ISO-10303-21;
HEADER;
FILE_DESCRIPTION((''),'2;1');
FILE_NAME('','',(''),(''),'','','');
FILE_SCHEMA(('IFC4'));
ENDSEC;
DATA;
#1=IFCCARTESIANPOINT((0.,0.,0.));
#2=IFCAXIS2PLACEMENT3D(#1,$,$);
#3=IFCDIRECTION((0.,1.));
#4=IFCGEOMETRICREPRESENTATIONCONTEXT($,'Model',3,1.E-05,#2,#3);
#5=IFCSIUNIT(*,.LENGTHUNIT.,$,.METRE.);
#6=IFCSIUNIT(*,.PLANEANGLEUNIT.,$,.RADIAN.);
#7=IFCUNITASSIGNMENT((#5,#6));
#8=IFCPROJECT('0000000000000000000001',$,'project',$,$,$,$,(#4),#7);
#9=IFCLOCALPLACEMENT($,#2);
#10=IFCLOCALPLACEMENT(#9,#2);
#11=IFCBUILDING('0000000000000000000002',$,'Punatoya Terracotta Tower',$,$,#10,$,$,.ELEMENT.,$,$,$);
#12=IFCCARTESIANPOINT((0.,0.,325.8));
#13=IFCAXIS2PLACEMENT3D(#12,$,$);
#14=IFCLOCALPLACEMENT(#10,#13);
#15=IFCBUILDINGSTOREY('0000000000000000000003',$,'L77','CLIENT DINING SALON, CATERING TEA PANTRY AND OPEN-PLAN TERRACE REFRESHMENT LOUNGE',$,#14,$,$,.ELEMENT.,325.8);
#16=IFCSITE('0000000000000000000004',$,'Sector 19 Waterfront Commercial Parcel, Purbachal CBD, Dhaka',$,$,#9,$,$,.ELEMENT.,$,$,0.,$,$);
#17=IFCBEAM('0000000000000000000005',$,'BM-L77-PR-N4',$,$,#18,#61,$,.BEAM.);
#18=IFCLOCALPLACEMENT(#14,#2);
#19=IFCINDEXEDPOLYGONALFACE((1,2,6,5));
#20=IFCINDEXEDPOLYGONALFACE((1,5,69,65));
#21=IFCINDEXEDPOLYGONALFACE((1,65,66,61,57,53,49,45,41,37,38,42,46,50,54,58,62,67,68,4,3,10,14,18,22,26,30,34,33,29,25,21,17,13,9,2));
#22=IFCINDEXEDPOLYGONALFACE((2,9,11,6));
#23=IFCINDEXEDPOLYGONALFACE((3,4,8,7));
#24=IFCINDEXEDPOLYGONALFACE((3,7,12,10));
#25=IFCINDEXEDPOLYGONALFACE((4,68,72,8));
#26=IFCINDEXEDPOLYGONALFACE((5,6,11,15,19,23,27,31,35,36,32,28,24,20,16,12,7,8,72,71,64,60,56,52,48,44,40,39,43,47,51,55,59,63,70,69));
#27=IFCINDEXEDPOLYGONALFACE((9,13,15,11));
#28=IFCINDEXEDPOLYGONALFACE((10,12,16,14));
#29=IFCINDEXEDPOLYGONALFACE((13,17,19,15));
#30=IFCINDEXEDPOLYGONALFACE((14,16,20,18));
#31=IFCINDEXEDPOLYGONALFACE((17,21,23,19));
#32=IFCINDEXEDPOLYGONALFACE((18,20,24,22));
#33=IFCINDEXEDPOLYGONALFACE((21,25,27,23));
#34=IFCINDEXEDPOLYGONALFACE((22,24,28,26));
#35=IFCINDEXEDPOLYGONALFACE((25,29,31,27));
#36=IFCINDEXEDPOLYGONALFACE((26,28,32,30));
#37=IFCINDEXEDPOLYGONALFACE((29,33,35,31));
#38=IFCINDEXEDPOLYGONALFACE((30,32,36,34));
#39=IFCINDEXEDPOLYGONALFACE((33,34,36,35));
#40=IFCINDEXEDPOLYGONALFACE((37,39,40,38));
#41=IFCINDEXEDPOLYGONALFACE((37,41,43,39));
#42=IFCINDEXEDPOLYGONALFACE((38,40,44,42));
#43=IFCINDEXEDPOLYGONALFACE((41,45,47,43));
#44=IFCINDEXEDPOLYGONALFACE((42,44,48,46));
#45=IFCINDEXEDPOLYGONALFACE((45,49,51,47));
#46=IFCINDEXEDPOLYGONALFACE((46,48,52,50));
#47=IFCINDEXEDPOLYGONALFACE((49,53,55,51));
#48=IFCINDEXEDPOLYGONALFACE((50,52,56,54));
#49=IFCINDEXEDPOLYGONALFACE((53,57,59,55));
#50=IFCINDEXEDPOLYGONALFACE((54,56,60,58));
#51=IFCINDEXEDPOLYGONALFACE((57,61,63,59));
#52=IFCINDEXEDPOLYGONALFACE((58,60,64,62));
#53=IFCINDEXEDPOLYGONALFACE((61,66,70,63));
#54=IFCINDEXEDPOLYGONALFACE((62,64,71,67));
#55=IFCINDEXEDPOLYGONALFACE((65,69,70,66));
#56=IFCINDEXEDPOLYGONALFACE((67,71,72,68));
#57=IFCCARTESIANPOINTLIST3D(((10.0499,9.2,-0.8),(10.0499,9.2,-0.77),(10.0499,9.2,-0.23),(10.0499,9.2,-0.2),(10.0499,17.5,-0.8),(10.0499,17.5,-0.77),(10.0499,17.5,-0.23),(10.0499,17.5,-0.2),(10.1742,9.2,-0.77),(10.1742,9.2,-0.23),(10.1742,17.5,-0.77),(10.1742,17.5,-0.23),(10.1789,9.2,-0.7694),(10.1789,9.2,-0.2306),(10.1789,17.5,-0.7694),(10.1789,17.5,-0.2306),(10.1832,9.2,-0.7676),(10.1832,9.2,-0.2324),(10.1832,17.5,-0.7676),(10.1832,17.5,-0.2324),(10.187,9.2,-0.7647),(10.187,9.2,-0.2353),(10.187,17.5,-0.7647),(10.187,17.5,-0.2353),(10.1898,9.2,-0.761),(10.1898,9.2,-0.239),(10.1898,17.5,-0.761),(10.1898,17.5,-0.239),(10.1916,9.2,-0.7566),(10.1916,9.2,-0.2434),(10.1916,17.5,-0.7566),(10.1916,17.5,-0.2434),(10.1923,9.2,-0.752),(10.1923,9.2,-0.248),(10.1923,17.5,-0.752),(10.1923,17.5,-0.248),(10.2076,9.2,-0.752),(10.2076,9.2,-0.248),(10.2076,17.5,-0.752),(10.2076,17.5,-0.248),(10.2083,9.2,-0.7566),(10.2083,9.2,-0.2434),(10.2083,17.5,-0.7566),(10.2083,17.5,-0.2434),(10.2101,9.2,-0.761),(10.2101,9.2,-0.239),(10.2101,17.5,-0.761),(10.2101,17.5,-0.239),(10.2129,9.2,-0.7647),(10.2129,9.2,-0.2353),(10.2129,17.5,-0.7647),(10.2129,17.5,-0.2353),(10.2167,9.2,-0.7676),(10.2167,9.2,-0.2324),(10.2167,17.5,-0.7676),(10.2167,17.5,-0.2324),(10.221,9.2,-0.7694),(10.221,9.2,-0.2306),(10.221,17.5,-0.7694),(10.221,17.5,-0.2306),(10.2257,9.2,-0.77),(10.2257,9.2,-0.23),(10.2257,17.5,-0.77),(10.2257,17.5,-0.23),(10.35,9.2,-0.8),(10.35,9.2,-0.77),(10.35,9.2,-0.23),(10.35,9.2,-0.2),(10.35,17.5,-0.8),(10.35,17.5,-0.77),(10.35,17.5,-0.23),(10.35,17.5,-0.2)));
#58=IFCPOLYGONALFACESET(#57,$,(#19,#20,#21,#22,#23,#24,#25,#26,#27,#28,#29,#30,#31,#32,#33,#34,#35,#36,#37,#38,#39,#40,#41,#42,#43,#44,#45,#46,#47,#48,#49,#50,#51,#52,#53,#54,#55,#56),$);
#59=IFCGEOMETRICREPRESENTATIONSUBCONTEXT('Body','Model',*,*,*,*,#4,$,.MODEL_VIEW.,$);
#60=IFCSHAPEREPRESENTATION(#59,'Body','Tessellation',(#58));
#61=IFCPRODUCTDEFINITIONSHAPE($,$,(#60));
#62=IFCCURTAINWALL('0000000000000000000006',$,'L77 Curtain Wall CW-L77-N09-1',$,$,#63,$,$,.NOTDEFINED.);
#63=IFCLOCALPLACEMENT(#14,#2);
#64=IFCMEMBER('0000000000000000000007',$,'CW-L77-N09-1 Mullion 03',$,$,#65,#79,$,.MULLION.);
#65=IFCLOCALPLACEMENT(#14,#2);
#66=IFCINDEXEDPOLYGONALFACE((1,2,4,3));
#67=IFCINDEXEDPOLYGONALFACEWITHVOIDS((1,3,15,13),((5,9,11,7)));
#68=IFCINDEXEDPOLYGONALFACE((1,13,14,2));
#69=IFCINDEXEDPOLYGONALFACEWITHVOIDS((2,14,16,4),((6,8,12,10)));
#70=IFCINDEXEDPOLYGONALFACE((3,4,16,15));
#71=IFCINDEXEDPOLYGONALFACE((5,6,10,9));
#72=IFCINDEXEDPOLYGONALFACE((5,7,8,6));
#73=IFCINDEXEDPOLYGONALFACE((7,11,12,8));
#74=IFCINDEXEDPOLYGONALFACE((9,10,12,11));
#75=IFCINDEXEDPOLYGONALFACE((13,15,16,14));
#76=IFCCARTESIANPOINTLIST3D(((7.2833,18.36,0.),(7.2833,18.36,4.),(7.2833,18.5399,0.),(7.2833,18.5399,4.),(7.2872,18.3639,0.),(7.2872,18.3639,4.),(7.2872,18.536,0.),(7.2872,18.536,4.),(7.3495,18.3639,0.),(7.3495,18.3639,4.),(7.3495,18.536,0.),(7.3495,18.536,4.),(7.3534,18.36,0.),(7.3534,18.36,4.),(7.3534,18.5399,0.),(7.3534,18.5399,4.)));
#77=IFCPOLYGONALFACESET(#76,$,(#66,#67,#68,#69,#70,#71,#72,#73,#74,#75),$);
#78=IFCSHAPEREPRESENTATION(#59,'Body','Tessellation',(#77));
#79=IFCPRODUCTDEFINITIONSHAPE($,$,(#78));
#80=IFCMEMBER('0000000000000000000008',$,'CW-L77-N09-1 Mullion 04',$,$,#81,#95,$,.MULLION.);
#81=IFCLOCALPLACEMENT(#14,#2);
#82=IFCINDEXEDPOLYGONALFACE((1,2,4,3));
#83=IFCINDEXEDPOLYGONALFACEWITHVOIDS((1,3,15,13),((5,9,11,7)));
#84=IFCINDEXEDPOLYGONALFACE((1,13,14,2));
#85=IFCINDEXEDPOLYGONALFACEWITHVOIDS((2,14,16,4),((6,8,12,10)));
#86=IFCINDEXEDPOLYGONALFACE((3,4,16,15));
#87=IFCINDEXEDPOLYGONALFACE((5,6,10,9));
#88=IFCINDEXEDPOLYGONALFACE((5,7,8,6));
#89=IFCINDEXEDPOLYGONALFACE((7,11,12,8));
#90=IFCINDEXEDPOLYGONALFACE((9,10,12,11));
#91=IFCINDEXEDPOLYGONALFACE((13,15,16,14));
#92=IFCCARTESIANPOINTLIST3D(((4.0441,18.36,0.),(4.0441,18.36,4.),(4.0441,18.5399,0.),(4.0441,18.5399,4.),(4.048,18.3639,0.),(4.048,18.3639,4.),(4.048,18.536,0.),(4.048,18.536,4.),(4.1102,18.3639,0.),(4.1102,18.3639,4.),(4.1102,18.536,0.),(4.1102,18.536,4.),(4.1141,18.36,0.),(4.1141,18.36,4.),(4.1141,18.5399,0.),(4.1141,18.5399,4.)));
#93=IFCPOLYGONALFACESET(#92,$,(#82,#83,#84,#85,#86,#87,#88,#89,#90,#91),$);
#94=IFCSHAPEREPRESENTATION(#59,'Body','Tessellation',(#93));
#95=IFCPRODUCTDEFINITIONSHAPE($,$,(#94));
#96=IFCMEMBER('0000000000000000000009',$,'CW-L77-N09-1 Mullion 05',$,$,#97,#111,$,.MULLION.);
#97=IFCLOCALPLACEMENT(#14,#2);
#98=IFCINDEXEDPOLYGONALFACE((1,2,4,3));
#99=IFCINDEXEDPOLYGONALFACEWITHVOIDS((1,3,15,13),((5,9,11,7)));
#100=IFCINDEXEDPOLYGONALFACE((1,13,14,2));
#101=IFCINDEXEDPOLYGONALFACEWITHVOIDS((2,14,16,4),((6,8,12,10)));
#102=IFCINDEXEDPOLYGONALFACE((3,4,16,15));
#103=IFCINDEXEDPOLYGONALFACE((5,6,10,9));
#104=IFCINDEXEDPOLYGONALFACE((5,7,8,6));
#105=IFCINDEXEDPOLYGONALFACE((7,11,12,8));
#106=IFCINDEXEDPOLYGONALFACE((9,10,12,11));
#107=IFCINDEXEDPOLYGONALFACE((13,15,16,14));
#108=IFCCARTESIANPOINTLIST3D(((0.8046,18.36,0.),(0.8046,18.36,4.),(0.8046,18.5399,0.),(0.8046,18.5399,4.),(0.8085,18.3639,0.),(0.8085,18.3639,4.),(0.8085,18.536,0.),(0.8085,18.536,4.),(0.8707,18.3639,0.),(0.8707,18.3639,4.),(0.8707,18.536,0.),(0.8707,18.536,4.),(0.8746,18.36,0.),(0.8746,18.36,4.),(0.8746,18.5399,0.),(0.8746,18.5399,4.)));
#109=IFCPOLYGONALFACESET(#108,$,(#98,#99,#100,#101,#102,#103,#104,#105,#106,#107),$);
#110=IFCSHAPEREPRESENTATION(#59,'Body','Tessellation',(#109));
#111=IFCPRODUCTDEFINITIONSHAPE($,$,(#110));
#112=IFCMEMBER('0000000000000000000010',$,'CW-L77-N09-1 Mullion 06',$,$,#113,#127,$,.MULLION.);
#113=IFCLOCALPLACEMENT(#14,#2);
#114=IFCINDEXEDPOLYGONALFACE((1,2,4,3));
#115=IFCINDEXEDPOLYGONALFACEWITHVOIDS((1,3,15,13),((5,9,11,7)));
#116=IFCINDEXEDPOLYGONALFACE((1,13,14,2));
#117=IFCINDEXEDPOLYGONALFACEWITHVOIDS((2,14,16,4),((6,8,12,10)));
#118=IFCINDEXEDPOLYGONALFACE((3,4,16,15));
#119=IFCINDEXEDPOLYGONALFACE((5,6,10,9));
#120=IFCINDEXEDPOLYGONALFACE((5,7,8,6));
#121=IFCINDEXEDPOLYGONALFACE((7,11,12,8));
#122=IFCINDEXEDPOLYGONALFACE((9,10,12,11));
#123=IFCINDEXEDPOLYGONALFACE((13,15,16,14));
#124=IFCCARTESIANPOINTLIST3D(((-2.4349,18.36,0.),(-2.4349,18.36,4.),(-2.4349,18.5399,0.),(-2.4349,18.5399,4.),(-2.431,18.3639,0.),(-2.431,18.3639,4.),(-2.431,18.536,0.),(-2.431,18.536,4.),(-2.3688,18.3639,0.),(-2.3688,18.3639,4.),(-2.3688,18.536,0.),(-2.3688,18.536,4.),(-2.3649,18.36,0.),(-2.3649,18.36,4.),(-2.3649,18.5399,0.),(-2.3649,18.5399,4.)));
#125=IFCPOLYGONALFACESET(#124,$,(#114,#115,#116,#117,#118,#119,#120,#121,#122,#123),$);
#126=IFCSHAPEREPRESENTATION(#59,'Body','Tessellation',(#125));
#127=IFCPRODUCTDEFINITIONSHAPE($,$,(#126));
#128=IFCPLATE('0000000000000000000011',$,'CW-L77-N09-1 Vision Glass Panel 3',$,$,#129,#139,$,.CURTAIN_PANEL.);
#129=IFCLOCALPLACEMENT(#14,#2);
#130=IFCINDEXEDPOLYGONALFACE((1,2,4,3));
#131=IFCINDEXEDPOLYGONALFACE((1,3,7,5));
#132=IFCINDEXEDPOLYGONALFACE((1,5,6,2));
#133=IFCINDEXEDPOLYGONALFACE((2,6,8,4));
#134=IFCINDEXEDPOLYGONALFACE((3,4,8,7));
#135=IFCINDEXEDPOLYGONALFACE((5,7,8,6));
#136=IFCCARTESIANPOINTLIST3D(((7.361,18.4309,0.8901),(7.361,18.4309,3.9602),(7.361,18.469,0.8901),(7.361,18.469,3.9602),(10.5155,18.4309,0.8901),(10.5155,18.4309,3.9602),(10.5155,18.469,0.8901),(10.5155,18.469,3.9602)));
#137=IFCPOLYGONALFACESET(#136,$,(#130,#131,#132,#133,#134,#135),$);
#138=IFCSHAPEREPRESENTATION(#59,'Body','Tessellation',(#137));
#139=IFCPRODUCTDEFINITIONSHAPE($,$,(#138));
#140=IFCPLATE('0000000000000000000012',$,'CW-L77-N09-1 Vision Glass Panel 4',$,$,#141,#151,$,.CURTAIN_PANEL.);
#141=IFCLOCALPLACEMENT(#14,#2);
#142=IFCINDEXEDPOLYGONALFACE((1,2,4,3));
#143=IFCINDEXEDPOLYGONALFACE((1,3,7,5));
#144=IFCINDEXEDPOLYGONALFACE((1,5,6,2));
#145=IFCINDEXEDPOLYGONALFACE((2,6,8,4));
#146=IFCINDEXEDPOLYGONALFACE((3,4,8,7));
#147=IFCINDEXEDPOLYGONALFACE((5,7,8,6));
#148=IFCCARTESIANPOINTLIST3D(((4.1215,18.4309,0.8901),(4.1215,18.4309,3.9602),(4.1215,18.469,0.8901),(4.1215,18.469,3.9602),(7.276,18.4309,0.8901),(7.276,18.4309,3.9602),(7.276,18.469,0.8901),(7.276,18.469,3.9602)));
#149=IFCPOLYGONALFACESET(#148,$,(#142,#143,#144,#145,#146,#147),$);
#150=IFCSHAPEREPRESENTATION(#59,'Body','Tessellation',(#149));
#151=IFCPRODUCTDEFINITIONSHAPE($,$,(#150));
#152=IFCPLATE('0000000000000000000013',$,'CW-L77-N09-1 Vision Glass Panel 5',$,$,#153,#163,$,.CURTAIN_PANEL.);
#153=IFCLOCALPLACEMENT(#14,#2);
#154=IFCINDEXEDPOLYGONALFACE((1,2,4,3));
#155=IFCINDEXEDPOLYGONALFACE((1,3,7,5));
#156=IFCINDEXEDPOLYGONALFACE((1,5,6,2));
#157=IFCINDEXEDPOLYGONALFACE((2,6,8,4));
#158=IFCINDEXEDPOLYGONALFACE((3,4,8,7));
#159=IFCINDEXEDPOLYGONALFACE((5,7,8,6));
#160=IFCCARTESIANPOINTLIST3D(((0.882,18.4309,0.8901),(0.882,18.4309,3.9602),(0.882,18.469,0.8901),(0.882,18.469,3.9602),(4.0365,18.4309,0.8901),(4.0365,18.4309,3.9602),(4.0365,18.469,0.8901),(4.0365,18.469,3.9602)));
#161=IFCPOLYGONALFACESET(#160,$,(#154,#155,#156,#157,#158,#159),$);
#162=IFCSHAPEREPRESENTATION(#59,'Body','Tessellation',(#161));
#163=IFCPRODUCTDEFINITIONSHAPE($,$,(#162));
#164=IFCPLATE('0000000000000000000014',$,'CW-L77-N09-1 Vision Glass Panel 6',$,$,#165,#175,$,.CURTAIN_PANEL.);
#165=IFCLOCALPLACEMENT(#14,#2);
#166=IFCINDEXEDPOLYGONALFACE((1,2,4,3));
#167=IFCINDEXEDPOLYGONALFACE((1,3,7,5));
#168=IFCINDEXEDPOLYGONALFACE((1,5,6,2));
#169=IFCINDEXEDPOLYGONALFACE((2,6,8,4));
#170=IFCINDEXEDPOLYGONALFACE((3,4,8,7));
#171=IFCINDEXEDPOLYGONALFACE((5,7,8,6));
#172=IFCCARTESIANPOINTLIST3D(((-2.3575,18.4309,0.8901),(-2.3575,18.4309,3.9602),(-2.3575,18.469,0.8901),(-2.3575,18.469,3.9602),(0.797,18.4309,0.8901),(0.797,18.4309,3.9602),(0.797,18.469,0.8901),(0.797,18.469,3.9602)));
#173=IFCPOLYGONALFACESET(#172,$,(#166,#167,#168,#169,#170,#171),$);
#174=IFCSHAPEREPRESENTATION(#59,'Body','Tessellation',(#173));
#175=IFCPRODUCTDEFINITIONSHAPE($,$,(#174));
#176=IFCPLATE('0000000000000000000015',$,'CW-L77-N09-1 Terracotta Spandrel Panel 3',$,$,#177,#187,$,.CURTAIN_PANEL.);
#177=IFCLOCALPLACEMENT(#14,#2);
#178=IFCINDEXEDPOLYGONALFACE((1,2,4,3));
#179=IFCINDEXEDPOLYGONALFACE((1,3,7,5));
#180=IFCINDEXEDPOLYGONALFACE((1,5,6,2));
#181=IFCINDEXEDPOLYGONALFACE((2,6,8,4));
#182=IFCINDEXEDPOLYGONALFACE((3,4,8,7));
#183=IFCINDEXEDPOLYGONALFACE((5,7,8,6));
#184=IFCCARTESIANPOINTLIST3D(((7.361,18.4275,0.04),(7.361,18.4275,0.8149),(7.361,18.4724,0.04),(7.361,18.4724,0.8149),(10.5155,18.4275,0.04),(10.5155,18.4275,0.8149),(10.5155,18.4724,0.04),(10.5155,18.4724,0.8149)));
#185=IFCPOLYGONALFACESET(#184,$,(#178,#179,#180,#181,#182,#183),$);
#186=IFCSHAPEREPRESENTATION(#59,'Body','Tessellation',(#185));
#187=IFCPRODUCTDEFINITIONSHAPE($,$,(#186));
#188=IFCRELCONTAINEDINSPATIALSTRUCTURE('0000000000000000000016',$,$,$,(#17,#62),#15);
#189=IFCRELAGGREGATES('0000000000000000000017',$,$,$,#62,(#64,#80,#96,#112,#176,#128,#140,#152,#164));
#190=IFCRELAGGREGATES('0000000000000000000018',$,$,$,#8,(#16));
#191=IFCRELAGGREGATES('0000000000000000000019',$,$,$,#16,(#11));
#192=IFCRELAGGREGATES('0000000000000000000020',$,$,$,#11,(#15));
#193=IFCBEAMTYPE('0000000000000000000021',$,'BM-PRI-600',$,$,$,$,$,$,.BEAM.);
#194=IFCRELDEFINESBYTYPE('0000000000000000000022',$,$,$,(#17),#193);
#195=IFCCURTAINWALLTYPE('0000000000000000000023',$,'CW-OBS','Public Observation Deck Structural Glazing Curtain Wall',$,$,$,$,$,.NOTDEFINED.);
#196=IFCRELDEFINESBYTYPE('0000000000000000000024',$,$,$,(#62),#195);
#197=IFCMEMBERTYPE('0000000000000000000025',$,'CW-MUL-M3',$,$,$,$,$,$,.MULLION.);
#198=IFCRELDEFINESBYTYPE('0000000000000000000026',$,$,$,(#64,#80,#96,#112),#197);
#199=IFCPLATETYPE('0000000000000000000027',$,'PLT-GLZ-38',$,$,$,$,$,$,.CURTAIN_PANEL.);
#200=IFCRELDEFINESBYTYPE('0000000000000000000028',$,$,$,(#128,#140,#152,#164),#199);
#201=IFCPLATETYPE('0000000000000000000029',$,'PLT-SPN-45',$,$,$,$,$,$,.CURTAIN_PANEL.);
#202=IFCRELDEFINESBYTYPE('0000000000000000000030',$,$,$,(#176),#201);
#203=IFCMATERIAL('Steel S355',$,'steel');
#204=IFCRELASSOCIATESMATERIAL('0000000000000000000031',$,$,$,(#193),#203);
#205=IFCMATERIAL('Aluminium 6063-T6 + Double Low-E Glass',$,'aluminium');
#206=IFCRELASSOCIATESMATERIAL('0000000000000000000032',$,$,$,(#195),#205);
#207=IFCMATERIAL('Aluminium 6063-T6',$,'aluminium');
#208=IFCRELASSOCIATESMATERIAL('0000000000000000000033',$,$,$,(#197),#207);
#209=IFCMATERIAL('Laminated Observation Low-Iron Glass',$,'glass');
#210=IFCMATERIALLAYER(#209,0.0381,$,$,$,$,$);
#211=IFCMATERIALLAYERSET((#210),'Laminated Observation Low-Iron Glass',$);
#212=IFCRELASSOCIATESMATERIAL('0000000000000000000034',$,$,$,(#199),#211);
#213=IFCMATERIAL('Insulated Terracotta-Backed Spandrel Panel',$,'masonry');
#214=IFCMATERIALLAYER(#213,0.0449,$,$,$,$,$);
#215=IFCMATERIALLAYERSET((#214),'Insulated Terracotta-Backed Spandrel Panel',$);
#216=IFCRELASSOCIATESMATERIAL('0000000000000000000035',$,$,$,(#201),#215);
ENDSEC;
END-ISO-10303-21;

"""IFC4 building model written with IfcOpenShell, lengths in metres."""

from ifc_helpers import new_model, si_unit, direction, frame, origin, origin_2d, place, context, subcontext, project, spatial, rectangle, hollow_rectangle, i_section, extrude, material, layer, layer_set, material_profile, profile_set, type_object, element, aggregate, save


model = new_model("IFC4")

# Units and contexts
model_context = context("Model", 3, precision=1e-05, world=origin(), true_north=direction((0.0, 1.0)))
body_context = subcontext(model_context, "Body", "Model", "MODEL_VIEW")
ifc_project = project(units=[si_unit("LENGTHUNIT", "METRE"), si_unit("PLANEANGLEUNIT", "RADIAN")], contexts=[model_context])

# Site, building, storey
site_placement = place(None, origin())
site = spatial("IfcSite", under=ifc_project, at=site_placement, Name="Sector 19 Waterfront Commercial Parcel, Purbachal CBD, Dhaka", CompositionType="ELEMENT", RefElevation=0.0)
building_placement = place(site_placement, origin())
building = spatial("IfcBuilding", under=site, at=building_placement, Name="Punatoya Terracotta Tower", CompositionType="ELEMENT")
storey_placement = place(building_placement, frame((0.0, 0.0, 325.8)))
storey = spatial("IfcBuildingStorey", under=building, at=storey_placement, Name="L77", Description="CLIENT DINING SALON, CATERING TEA PANTRY AND OPEN-PLAN TERRACE REFRESHMENT LOUNGE", CompositionType="ELEMENT", Elevation=325.8)

# Beam
ifc_material_1 = material(Name="Steel S355", Category="steel")
ifc_material_profile_1 = material_profile(ifc_material_1, i_section(OverallWidth=0.3, OverallDepth=0.6001, WebThickness=0.0154, FlangeThickness=0.03, FilletRadius=0.0181, at=origin_2d()))
ifc_profile_set_1 = profile_set([ifc_material_profile_1], Name="Steel S355")
beam_type = type_object("IfcBeamType", Name="BM-PRI-600", PredefinedType="BEAM", material=ifc_profile_set_1)
for number, where, z_axis, x_axis, name in (
    (1, (10.2, 9.2, -0.5), (0.0, 1.0, 0.0), (-1.0, 0.0, 0.0), "BM-L77-PR-N4"),
):
    element("IfcBeam", number, at=place(storey_placement, frame(where, z_axis=z_axis, x_axis=x_axis)), inside=storey, type_object=beam_type, Name=name, PredefinedType="BEAM", context=body_context, shape_type="SweptSolid", body=[
        extrude(i_section(OverallWidth=0.3, OverallDepth=0.6001, WebThickness=0.0154, FlangeThickness=0.03, FilletRadius=0.0181, at=origin_2d()), origin(), (0.0, 0.0, 1.0), 8.3),
    ])

# Curtain wall, members, plates
ifc_material_2 = material(Name="Aluminium 6063-T6 + Double Low-E Glass", Category="aluminium")
curtain_wall_type = type_object("IfcCurtainWallType", Name="CW-OBS", Description="Public Observation Deck Structural Glazing Curtain Wall", PredefinedType="NOTDEFINED", material=ifc_material_2)
curtain_wall_placement = place(storey_placement, origin())
curtain_wall = element("IfcCurtainWall", 2, at=curtain_wall_placement, inside=storey, type_object=curtain_wall_type, Name="L77 Curtain Wall CW-L77-N09-1", PredefinedType="NOTDEFINED")
ifc_material_3 = material(Name="Aluminium 6063-T6", Category="aluminium")
ifc_material_profile_2 = material_profile(ifc_material_3, hollow_rectangle(XDim=0.0701, YDim=0.1799, WallThickness=0.0039, at=origin_2d()))
ifc_profile_set_2 = profile_set([ifc_material_profile_2], Name="Aluminium 6063-T6")
member_type = type_object("IfcMemberType", Name="CW-MUL-M3", PredefinedType="MULLION", material=ifc_profile_set_2)
member_1_placement = place(storey_placement, frame((7.3184, 18.45, 0.0), z_axis=(0.0, 0.0, 1.0), x_axis=(1.0, 0.0, 0.0)))
member_1 = element("IfcMember", 3, at=member_1_placement, type_object=member_type, Name="CW-L77-N09-1 Mullion 03", PredefinedType="MULLION", context=body_context, shape_type="SweptSolid", body=[
    extrude(hollow_rectangle(XDim=0.0701, YDim=0.1799, WallThickness=0.0039, at=origin_2d()), origin(), (0.0, 0.0, 1.0), 4.0),
])
member_2_placement = place(storey_placement, frame((4.0791, 18.45, 0.0), z_axis=(0.0, 0.0, 1.0), x_axis=(1.0, 0.0, 0.0)))
member_2 = element("IfcMember", 4, at=member_2_placement, type_object=member_type, Name="CW-L77-N09-1 Mullion 04", PredefinedType="MULLION", context=body_context, shape_type="SweptSolid", body=[
    extrude(hollow_rectangle(XDim=0.0701, YDim=0.1799, WallThickness=0.0039, at=origin_2d()), origin(), (0.0, 0.0, 1.0), 4.0),
])
member_3_placement = place(storey_placement, frame((0.8396, 18.45, 0.0), z_axis=(0.0, 0.0, 1.0), x_axis=(1.0, 0.0, 0.0)))
member_3 = element("IfcMember", 5, at=member_3_placement, type_object=member_type, Name="CW-L77-N09-1 Mullion 05", PredefinedType="MULLION", context=body_context, shape_type="SweptSolid", body=[
    extrude(hollow_rectangle(XDim=0.0701, YDim=0.1799, WallThickness=0.0039, at=origin_2d()), origin(), (0.0, 0.0, 1.0), 4.0),
])
member_4_placement = place(storey_placement, frame((-2.3999, 18.45, 0.0), z_axis=(0.0, 0.0, 1.0), x_axis=(1.0, 0.0, 0.0)))
member_4 = element("IfcMember", 6, at=member_4_placement, type_object=member_type, Name="CW-L77-N09-1 Mullion 06", PredefinedType="MULLION", context=body_context, shape_type="SweptSolid", body=[
    extrude(hollow_rectangle(XDim=0.0701, YDim=0.1799, WallThickness=0.0039, at=origin_2d()), origin(), (0.0, 0.0, 1.0), 4.0),
])
ifc_material_4 = material(Name="Laminated Observation Low-Iron Glass", Category="glass")
ifc_layer_1 = layer(ifc_material_4, 0.0381)
ifc_layer_set_1 = layer_set([ifc_layer_1], Name="Laminated Observation Low-Iron Glass")
plate_type_1 = type_object("IfcPlateType", Name="PLT-GLZ-38", PredefinedType="CURTAIN_PANEL", material=ifc_layer_set_1)
plate_1_placement = place(storey_placement, frame((8.9382, 18.45, 0.8901), z_axis=(0.0, 0.0, 1.0), x_axis=(-1.0, 0.0, 0.0)))
plate_1 = element("IfcPlate", 7, at=plate_1_placement, type_object=plate_type_1, Name="CW-L77-N09-1 Vision Glass Panel 3", PredefinedType="CURTAIN_PANEL", context=body_context, shape_type="SweptSolid", body=[
    extrude(rectangle(XDim=3.1545, YDim=0.0381, at=origin_2d()), origin(), (0.0, 0.0, 1.0), 3.0701),
])
plate_2_placement = place(storey_placement, frame((5.6987, 18.45, 0.8901), z_axis=(0.0, 0.0, 1.0), x_axis=(-1.0, 0.0, 0.0)))
plate_2 = element("IfcPlate", 8, at=plate_2_placement, type_object=plate_type_1, Name="CW-L77-N09-1 Vision Glass Panel 4", PredefinedType="CURTAIN_PANEL", context=body_context, shape_type="SweptSolid", body=[
    extrude(rectangle(XDim=3.1545, YDim=0.0381, at=origin_2d()), origin(), (0.0, 0.0, 1.0), 3.0701),
])
plate_3_placement = place(storey_placement, frame((2.4592, 18.45, 0.8901), z_axis=(0.0, 0.0, 1.0), x_axis=(-1.0, 0.0, 0.0)))
plate_3 = element("IfcPlate", 9, at=plate_3_placement, type_object=plate_type_1, Name="CW-L77-N09-1 Vision Glass Panel 5", PredefinedType="CURTAIN_PANEL", context=body_context, shape_type="SweptSolid", body=[
    extrude(rectangle(XDim=3.1545, YDim=0.0381, at=origin_2d()), origin(), (0.0, 0.0, 1.0), 3.0701),
])
plate_4_placement = place(storey_placement, frame((-0.7803, 18.45, 0.8901), z_axis=(0.0, 0.0, 1.0), x_axis=(-1.0, 0.0, 0.0)))
plate_4 = element("IfcPlate", 10, at=plate_4_placement, type_object=plate_type_1, Name="CW-L77-N09-1 Vision Glass Panel 6", PredefinedType="CURTAIN_PANEL", context=body_context, shape_type="SweptSolid", body=[
    extrude(rectangle(XDim=3.1545, YDim=0.0381, at=origin_2d()), origin(), (0.0, 0.0, 1.0), 3.0701),
])
ifc_material_5 = material(Name="Insulated Terracotta-Backed Spandrel Panel", Category="masonry")
ifc_layer_2 = layer(ifc_material_5, 0.0449)
ifc_layer_set_2 = layer_set([ifc_layer_2], Name="Insulated Terracotta-Backed Spandrel Panel")
plate_type_2 = type_object("IfcPlateType", Name="PLT-SPN-45", PredefinedType="CURTAIN_PANEL", material=ifc_layer_set_2)
plate_5_placement = place(storey_placement, frame((8.9382, 18.45, 0.04), z_axis=(0.0, 0.0, 1.0), x_axis=(-1.0, 0.0, 0.0)))
plate_5 = element("IfcPlate", 11, at=plate_5_placement, type_object=plate_type_2, Name="CW-L77-N09-1 Terracotta Spandrel Panel 3", PredefinedType="CURTAIN_PANEL", context=body_context, shape_type="SweptSolid", body=[
    extrude(rectangle(XDim=3.1545, YDim=0.0449, at=origin_2d()), origin(), (0.0, 0.0, 1.0), 0.7749),
])
aggregate(curtain_wall, [member_1, member_2, member_3, member_4, plate_5, plate_1, plate_2, plate_3, plate_4])

save(model, "model.ifc")
